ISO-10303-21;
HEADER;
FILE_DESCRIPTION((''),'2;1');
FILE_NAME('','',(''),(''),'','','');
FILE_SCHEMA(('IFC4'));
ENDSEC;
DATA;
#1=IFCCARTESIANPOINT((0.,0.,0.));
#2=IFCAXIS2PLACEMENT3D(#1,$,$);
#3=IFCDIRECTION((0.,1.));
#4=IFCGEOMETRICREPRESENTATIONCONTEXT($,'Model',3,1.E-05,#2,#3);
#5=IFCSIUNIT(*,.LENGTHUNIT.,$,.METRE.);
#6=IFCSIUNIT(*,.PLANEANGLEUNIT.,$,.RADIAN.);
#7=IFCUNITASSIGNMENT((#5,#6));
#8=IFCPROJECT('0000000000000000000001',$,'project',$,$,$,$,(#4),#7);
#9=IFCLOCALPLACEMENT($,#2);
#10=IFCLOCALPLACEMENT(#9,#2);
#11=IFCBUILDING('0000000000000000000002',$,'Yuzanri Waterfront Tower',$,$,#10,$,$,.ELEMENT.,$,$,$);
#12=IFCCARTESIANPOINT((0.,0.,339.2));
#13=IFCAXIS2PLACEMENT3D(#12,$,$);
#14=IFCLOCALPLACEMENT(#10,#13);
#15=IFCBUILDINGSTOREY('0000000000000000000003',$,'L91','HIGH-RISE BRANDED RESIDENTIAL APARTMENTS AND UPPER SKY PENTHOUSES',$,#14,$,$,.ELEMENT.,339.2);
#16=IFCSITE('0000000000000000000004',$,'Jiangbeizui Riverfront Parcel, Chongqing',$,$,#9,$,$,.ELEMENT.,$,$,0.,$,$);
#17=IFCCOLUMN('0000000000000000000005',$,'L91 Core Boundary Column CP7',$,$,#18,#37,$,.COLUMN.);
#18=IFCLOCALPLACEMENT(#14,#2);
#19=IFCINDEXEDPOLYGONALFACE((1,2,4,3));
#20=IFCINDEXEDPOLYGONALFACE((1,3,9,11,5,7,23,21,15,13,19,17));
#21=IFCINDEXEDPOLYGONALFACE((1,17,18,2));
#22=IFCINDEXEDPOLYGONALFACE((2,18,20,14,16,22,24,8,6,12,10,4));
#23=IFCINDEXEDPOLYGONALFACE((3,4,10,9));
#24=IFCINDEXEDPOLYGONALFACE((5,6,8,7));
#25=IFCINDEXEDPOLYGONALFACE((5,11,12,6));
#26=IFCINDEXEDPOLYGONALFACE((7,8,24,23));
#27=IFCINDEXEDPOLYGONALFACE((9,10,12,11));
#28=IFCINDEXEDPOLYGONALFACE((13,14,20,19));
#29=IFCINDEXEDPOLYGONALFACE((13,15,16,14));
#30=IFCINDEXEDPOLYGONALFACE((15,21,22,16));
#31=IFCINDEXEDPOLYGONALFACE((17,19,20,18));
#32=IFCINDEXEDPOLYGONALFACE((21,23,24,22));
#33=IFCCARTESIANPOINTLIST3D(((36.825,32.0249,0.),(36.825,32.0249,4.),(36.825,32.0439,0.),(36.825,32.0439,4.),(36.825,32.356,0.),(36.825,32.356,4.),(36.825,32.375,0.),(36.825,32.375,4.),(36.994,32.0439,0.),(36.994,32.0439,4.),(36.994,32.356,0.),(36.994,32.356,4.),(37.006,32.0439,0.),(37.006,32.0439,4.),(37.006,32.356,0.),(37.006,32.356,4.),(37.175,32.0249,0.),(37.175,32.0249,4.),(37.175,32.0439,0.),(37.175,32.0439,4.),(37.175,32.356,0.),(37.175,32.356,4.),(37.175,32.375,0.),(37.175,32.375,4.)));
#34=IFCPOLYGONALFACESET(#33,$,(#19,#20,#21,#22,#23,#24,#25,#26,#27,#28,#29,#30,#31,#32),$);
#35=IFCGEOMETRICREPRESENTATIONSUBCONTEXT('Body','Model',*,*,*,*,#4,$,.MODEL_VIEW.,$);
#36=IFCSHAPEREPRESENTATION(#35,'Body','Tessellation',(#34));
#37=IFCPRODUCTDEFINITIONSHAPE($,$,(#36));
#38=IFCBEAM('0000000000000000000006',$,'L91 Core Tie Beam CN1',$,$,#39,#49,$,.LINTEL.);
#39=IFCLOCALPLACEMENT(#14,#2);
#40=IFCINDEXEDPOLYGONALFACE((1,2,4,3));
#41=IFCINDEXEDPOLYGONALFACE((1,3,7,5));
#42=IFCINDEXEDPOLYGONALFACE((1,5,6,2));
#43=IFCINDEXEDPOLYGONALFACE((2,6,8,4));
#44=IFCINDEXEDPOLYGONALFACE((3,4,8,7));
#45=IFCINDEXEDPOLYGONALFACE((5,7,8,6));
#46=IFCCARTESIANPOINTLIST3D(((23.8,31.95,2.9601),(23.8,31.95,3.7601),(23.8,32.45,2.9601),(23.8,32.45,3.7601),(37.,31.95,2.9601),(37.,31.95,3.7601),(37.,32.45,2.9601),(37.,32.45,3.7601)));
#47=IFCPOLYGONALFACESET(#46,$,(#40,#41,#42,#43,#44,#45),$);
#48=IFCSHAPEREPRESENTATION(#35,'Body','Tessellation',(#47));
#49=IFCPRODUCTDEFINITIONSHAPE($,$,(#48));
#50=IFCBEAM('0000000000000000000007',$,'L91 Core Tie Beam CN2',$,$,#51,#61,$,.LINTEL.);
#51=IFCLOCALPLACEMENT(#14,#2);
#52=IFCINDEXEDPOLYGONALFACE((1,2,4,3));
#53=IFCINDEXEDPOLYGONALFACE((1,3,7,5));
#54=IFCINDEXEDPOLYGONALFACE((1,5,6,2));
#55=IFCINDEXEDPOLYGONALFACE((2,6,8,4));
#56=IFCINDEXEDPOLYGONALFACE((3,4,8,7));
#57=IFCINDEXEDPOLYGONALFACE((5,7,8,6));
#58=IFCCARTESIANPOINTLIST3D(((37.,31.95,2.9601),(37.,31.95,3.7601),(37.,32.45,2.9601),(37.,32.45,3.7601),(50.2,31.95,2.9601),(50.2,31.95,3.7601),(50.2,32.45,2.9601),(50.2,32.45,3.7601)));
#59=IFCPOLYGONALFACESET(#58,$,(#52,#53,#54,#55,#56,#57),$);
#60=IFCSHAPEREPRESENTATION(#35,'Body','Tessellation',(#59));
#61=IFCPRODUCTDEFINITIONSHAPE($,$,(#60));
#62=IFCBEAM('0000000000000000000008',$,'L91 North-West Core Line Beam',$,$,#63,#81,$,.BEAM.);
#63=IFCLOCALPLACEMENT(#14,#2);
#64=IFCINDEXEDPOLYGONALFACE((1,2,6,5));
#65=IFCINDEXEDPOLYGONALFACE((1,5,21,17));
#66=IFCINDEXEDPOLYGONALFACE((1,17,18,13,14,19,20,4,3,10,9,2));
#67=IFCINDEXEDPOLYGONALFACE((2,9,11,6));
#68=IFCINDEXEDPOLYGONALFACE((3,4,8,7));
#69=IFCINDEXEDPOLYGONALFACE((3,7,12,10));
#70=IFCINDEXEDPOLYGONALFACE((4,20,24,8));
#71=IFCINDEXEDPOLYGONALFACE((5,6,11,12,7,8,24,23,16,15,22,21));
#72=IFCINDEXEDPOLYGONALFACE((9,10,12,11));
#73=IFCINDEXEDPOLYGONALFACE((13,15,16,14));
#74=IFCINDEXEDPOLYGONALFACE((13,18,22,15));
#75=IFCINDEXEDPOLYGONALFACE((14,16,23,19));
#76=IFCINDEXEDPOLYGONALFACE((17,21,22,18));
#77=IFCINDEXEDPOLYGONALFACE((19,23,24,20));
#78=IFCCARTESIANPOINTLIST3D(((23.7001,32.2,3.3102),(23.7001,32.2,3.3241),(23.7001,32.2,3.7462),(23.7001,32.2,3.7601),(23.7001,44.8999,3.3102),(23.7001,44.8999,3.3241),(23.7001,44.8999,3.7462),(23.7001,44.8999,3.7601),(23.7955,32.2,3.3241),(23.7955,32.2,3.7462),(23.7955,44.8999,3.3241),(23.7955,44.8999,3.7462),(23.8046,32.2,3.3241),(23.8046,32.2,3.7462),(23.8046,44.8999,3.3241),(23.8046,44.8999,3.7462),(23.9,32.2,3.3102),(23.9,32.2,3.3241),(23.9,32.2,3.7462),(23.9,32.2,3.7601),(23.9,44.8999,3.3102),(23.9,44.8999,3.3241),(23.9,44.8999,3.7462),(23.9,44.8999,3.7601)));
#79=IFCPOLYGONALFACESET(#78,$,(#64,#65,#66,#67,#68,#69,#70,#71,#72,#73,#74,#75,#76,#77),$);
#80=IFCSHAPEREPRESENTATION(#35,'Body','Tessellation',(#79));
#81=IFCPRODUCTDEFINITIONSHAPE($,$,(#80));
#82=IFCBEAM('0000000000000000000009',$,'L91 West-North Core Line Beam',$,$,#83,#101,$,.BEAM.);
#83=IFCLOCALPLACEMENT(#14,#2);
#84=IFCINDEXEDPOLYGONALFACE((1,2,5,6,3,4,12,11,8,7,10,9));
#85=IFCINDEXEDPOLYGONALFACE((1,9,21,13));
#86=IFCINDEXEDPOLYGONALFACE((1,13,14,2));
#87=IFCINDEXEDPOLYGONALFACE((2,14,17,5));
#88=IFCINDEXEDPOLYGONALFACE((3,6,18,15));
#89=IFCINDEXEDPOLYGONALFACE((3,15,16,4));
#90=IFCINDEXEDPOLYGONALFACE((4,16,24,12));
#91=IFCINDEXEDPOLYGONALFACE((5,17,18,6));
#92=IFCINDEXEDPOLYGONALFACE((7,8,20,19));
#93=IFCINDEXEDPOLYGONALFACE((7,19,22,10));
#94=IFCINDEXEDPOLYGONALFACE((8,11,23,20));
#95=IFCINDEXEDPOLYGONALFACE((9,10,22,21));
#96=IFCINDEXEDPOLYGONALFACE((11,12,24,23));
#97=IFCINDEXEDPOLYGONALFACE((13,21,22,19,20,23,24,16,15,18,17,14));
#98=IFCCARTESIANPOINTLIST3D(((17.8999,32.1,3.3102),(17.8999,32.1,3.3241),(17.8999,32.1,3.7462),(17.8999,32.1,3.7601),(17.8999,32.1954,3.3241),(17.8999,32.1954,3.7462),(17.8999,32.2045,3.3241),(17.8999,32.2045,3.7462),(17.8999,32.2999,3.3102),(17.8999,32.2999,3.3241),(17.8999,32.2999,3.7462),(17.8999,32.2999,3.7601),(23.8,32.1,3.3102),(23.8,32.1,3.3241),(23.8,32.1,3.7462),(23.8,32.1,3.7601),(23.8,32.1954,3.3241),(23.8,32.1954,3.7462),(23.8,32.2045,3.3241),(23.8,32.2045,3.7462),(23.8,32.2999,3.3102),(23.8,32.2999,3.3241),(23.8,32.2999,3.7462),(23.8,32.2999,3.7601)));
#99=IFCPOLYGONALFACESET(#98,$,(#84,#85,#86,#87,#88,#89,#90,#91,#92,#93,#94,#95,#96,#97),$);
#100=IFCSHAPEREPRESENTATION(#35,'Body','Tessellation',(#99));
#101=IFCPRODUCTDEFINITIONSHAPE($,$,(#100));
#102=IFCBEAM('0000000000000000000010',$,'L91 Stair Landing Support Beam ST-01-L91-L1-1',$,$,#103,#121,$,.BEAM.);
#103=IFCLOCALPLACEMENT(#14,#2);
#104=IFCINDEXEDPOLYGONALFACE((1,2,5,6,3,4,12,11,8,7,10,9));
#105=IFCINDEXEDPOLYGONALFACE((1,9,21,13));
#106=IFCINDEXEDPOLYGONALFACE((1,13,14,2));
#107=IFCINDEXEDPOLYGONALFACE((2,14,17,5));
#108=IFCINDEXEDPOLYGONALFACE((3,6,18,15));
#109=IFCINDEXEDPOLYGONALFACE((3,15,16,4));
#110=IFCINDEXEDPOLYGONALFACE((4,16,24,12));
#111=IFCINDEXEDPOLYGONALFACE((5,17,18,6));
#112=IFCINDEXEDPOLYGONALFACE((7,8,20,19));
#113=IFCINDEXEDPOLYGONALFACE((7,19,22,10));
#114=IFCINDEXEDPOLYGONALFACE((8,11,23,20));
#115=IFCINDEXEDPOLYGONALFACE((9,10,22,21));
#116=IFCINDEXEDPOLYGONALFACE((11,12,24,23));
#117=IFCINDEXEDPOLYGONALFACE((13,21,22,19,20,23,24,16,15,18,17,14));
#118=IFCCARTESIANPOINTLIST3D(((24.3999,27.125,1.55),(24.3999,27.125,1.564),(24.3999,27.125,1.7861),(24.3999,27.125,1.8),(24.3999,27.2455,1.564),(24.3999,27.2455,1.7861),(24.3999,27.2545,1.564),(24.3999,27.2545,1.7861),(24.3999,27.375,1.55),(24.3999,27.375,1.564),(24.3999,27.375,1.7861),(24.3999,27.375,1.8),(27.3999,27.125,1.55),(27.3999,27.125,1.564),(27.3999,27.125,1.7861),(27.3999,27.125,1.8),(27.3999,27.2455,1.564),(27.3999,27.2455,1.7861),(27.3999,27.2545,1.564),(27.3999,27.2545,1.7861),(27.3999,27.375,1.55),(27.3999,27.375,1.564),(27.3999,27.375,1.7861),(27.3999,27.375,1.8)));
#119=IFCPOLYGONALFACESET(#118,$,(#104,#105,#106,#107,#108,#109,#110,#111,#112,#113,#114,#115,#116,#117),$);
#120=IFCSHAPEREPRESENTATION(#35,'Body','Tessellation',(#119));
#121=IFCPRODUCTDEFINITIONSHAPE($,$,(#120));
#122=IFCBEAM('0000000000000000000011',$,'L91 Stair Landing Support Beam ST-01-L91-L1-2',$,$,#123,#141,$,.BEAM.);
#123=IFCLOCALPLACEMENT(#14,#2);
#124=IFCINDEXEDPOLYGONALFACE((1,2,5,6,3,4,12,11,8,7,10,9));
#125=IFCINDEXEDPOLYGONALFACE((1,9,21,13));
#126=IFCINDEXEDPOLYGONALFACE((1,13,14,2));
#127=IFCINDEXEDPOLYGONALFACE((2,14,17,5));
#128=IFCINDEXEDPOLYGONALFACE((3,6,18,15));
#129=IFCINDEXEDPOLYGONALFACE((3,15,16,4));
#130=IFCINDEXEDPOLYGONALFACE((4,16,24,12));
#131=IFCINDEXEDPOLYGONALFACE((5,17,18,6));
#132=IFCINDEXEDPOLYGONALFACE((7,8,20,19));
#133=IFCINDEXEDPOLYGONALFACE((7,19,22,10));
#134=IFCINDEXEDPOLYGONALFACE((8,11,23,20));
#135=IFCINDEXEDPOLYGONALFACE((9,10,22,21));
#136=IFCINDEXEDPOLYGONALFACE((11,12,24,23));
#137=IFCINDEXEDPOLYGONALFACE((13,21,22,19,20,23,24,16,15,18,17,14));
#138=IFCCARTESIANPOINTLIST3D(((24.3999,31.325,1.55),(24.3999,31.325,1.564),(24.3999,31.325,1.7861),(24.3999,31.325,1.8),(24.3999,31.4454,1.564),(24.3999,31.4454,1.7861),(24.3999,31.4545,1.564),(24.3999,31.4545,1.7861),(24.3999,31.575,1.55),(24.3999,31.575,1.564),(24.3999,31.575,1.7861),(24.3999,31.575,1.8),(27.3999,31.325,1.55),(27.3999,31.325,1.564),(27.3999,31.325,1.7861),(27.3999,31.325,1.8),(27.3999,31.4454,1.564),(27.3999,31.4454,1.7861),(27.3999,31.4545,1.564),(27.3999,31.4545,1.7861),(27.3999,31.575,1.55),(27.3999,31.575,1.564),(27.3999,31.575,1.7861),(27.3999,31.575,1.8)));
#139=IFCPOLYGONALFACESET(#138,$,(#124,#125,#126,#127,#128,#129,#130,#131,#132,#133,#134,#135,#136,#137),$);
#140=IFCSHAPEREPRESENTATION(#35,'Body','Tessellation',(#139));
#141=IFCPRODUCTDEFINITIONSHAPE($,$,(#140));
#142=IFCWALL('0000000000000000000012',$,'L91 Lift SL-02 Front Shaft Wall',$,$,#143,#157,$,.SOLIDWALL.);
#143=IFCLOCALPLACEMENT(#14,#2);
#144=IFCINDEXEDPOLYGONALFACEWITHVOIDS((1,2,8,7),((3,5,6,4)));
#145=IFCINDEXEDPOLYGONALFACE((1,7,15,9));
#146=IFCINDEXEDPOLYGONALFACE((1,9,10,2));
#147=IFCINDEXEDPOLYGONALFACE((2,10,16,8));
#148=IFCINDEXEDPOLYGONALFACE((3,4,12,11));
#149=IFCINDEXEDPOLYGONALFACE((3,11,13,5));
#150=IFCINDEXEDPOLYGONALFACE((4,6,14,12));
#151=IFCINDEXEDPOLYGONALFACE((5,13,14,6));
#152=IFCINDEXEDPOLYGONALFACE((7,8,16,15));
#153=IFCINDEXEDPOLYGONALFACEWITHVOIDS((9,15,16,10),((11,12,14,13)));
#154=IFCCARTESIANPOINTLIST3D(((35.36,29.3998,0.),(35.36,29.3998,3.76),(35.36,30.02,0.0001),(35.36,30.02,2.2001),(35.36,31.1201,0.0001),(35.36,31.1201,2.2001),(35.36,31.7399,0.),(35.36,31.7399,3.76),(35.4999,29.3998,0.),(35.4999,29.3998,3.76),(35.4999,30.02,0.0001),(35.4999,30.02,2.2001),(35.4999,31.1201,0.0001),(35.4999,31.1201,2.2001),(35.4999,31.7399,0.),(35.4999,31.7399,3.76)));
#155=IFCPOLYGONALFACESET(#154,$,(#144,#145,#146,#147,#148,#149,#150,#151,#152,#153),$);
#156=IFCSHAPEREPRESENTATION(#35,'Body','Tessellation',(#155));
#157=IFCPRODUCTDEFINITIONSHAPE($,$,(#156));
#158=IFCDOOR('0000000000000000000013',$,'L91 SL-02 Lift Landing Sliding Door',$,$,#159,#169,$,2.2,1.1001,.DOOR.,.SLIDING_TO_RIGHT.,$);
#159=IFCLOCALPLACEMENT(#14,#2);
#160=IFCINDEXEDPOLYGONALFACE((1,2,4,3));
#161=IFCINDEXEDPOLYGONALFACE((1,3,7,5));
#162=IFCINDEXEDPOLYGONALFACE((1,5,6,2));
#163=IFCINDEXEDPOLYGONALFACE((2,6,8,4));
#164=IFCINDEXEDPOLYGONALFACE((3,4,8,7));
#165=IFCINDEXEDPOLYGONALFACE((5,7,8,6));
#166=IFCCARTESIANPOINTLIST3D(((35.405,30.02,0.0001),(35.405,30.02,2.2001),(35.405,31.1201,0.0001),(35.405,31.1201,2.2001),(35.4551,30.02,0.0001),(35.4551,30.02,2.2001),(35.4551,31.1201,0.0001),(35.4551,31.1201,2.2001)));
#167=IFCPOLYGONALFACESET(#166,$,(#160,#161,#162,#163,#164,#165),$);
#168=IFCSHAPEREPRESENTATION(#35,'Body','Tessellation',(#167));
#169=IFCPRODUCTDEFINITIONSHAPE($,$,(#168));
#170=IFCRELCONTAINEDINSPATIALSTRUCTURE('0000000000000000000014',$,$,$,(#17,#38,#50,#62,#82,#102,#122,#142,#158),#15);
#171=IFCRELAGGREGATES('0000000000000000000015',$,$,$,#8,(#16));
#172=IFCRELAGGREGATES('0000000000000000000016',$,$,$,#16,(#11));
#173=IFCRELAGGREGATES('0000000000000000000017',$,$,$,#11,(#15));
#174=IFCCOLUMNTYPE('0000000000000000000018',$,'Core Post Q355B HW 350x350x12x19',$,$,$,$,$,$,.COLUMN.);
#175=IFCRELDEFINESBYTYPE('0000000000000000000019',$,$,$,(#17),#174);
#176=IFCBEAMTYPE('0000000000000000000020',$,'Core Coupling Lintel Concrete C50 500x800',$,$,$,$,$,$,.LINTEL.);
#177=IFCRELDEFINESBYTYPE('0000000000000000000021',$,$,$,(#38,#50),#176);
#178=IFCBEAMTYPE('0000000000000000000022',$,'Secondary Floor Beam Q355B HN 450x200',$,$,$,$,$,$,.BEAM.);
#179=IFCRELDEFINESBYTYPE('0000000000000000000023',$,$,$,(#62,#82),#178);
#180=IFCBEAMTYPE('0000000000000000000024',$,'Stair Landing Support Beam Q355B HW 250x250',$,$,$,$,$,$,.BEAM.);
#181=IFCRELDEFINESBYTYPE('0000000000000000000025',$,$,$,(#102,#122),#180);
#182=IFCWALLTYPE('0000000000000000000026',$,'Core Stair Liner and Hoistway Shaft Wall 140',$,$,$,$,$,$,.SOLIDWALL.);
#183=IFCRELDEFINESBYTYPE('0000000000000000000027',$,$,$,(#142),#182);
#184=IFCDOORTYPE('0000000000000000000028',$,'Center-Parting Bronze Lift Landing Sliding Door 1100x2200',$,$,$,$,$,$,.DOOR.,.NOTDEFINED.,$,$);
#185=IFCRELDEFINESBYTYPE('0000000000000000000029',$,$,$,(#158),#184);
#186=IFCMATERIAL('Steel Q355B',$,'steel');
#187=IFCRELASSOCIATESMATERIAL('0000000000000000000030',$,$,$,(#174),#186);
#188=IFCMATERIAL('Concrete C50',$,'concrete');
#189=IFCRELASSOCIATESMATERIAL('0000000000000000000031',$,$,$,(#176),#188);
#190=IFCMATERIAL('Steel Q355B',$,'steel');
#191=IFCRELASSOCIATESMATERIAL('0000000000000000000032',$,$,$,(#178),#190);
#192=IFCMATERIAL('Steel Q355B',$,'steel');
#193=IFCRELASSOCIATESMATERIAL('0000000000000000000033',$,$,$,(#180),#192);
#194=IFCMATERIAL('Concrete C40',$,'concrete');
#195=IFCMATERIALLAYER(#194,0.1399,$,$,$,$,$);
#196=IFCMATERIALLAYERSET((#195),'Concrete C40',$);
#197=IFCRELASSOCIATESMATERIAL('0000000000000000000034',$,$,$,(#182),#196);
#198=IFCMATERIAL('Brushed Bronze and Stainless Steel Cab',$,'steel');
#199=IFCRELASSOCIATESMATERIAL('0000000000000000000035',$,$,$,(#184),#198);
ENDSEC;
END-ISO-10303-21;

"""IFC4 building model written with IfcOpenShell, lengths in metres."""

from ifc_helpers import new_model, si_unit, direction, frame, frame_2d, origin, origin_2d, place, context, subcontext, project, spatial, rectangle, i_section, extrude, source, transform, mapped, material, layer, layer_set, material_profile, profile_set, type_object, element, fill, save


model = new_model("IFC4")

# Units and contexts
model_context = context("Model", 3, precision=1e-05, world=origin(), true_north=direction((0.0, 1.0)))
body_context = subcontext(model_context, "Body", "Model", "MODEL_VIEW")
ifc_project = project(units=[si_unit("LENGTHUNIT", "METRE"), si_unit("PLANEANGLEUNIT", "RADIAN")], contexts=[model_context])

# Site, building, storey
site_placement = place(None, origin())
site = spatial("IfcSite", under=ifc_project, at=site_placement, Name="Jiangbeizui Riverfront Parcel, Chongqing", CompositionType="ELEMENT", RefElevation=0.0)
building_placement = place(site_placement, origin())
building = spatial("IfcBuilding", under=site, at=building_placement, Name="Yuzanri Waterfront Tower", CompositionType="ELEMENT")
storey_placement = place(building_placement, frame((0.0, 0.0, 339.2)))
storey = spatial("IfcBuildingStorey", under=building, at=storey_placement, Name="L91", Description="HIGH-RISE BRANDED RESIDENTIAL APARTMENTS AND UPPER SKY PENTHOUSES", CompositionType="ELEMENT", Elevation=339.2)

# Column
ifc_material_1 = material(Name="Steel Q355B", Category="steel")
ifc_material_profile_1 = material_profile(ifc_material_1, i_section(OverallWidth=0.3501, OverallDepth=0.3501, WebThickness=0.012, FlangeThickness=0.019, at=origin_2d()), Name="HW 350x350x12x19")
ifc_profile_set_1 = profile_set([ifc_material_profile_1], Name="Steel Q355B")
column_type = type_object("IfcColumnType", Name="Core Post Q355B HW 350x350x12x19", PredefinedType="COLUMN", material=ifc_profile_set_1)
shared_shape_1 = source(origin(), body_context, "Body", "SweptSolid", [
    extrude(i_section(OverallWidth=0.3501, OverallDepth=0.3501, WebThickness=0.012, FlangeThickness=0.019, at=origin_2d()), origin(), (0.0, 0.0, 1.0), 4.0),
])
column_placement = place(storey_placement, frame((37.0, 32.2, 0.0), z_axis=(0.0, 0.0, 1.0), x_axis=(1.0, 0.0, 0.0)))
element("IfcColumn", 1, at=column_placement, inside=storey, type_object=column_type, Name="L91 Core Boundary Column CP7", PredefinedType="COLUMN", context=body_context, shape_type="MappedRepresentation", body=[
    mapped(shared_shape_1, transform((0.0, 0.0, 0.0), scale=1.0)),
])

# Beams
ifc_material_2 = material(Name="Concrete C50", Category="concrete")
ifc_material_profile_2 = material_profile(ifc_material_2, rectangle(XDim=0.5, YDim=0.8, at=origin_2d()), Name="RC 500x800")
ifc_profile_set_2 = profile_set([ifc_material_profile_2], Name="Concrete C50")
beam_type_1 = type_object("IfcBeamType", Name="Core Coupling Lintel Concrete C50 500x800", PredefinedType="LINTEL", material=ifc_profile_set_2)
shared_shape_2 = source(origin(), body_context, "Body", "SweptSolid", [
    extrude(rectangle(XDim=0.5, YDim=0.8, at=origin_2d()), origin(), (0.0, 0.0, 1.0), 13.2),
])
for number, where, z_axis, x_axis, name in (
    (2, (23.8, 32.2, 3.3601), (1.0, 0.0, 0.0), (0.0, 1.0, 0.0), "L91 Core Tie Beam CN1"),
    (3, (37.0, 32.2, 3.3601), (1.0, 0.0, 0.0), (0.0, 1.0, 0.0), "L91 Core Tie Beam CN2"),
):
    element("IfcBeam", number, at=place(storey_placement, frame(where, z_axis=z_axis, x_axis=x_axis)), inside=storey, type_object=beam_type_1, Name=name, PredefinedType="LINTEL", context=body_context, shape_type="MappedRepresentation", body=[
        mapped(shared_shape_2, transform((0.0, 0.0, 0.0), scale=1.0)),
    ])
ifc_material_3 = material(Name="Steel Q355B", Category="steel")
ifc_material_profile_3 = material_profile(ifc_material_3, i_section(OverallWidth=0.2, OverallDepth=0.45, WebThickness=0.009, FlangeThickness=0.0139, at=origin_2d()), Name="HN 450x200x9x14")
ifc_profile_set_3 = profile_set([ifc_material_profile_3], Name="Steel Q355B")
beam_type_2 = type_object("IfcBeamType", Name="Secondary Floor Beam Q355B HN 450x200", PredefinedType="BEAM", material=ifc_profile_set_3)
shared_shape_3 = source(origin(), body_context, "Body", "SweptSolid", [
    extrude(i_section(OverallWidth=0.2, OverallDepth=0.45, WebThickness=0.009, FlangeThickness=0.0139, at=origin_2d()), origin(), (0.0, 0.0, 1.0), 12.7),
])
beam_1_placement = place(storey_placement, frame((23.8, 32.2, 3.5352), z_axis=(0.0, 1.0, 0.0), x_axis=(-1.0, 0.0, 0.0)))
element("IfcBeam", 4, at=beam_1_placement, inside=storey, type_object=beam_type_2, Name="L91 North-West Core Line Beam", PredefinedType="BEAM", context=body_context, shape_type="MappedRepresentation", body=[
    mapped(shared_shape_3, transform((0.0, 0.0, 0.0), scale=1.0)),
])
shared_shape_4 = source(origin(), body_context, "Body", "SweptSolid", [
    extrude(i_section(OverallWidth=0.2, OverallDepth=0.45, WebThickness=0.009, FlangeThickness=0.0139, at=origin_2d()), origin(), (0.0, 0.0, 1.0), 5.9001),
])
beam_2_placement = place(storey_placement, frame((23.8, 32.2, 3.5352), z_axis=(-1.0, 0.0, 0.0), x_axis=(0.0, -1.0, 0.0)))
element("IfcBeam", 5, at=beam_2_placement, inside=storey, type_object=beam_type_2, Name="L91 West-North Core Line Beam", PredefinedType="BEAM", context=body_context, shape_type="MappedRepresentation", body=[
    mapped(shared_shape_4, transform((0.0, 0.0, 0.0), scale=1.0)),
])
ifc_material_4 = material(Name="Steel Q355B", Category="steel")
ifc_material_profile_4 = material_profile(ifc_material_4, i_section(OverallWidth=0.25, OverallDepth=0.25, WebThickness=0.009, FlangeThickness=0.0139, at=origin_2d()), Name="HW 250x250x9x14")
ifc_profile_set_4 = profile_set([ifc_material_profile_4], Name="Steel Q355B")
beam_type_3 = type_object("IfcBeamType", Name="Stair Landing Support Beam Q355B HW 250x250", PredefinedType="BEAM", material=ifc_profile_set_4)
shared_shape_5 = source(origin(), body_context, "Body", "SweptSolid", [
    extrude(i_section(OverallWidth=0.25, OverallDepth=0.25, WebThickness=0.009, FlangeThickness=0.0139, at=origin_2d()), origin(), (0.0, 0.0, 1.0), 3.0),
])
for number, where, z_axis, x_axis, name in (
    (6, (24.3999, 27.25, 1.675), (1.0, 0.0, 0.0), (0.0, 1.0, 0.0), "L91 Stair Landing Support Beam ST-01-L91-L1-1"),
    (7, (24.3999, 31.45, 1.675), (1.0, 0.0, 0.0), (0.0, 1.0, 0.0), "L91 Stair Landing Support Beam ST-01-L91-L1-2"),
):
    element("IfcBeam", number, at=place(storey_placement, frame(where, z_axis=z_axis, x_axis=x_axis)), inside=storey, type_object=beam_type_3, Name=name, PredefinedType="BEAM", context=body_context, shape_type="MappedRepresentation", body=[
        mapped(shared_shape_5, transform((0.0, 0.0, 0.0), scale=1.0)),
    ])

# Wall, opening, door
ifc_material_5 = material(Name="Concrete C40", Category="concrete")
ifc_layer_1 = layer(ifc_material_5, 0.1399)
ifc_layer_set_1 = layer_set([ifc_layer_1], Name="Concrete C40")
wall_type_1 = type_object("IfcWallType", Name="Core Stair Liner and Hoistway Shaft Wall 140", PredefinedType="SOLIDWALL", material=ifc_layer_set_1)
wall_1_placement = place(storey_placement, frame((35.4299, 29.3999, 0.0), z_axis=(0.0, 0.0, 1.0), x_axis=(0.0, 1.0, 0.0)))
wall_1 = element("IfcWall", 8, at=wall_1_placement, inside=storey, type_object=wall_type_1, Name="L91 Lift SL-02 Front Shaft Wall", PredefinedType="SOLIDWALL", context=body_context, shape_type="SweptSolid", body=[
    extrude(rectangle(XDim=2.3401, YDim=0.1399, at=frame_2d((1.1699, 0.0))), origin(), (0.0, 0.0, 1.0), 3.76),
])
opening_1_placement = place(wall_1_placement, frame((0.6201, 0.0, 0.0)))
opening_1 = element("IfcOpeningElement", 9, at=opening_1_placement, cuts=wall_1, PredefinedType="OPENING", context=body_context, shape_type="SweptSolid", body=[
    extrude(rectangle(XDim=1.1001, YDim=2.2, at=frame_2d((0.55, 1.1001))), frame((0.0, 0.085, 0.0), z_axis=(0.0, -1.0, 0.0), x_axis=(1.0, 0.0, 0.0)), (0.0, 0.0, 1.0), 0.1697),
])
ifc_material_6 = material(Name="Brushed Bronze and Stainless Steel Cab", Category="steel")
door_type_1 = type_object("IfcDoorType", Name="Center-Parting Bronze Lift Landing Sliding Door 1100x2200", OperationType="NOTDEFINED", PredefinedType="DOOR", material=ifc_material_6)
shared_shape_6 = source(origin(), body_context, "Body", "SweptSolid", [
    extrude(rectangle(XDim=1.1001, YDim=2.2, at=frame_2d((0.55, 1.1001))), frame((0.0, 0.0249, 0.0), z_axis=(0.0, -1.0, 0.0), x_axis=(1.0, 0.0, 0.0)), (0.0, 0.0, 1.0), 0.05),
])
door_1_placement = place(opening_1_placement, origin())
door_1 = element("IfcDoor", 10, at=door_1_placement, inside=storey, type_object=door_type_1, Name="L91 SL-02 Lift Landing Sliding Door", OperationType="SLIDING_TO_RIGHT", OverallHeight=2.2, OverallWidth=1.1001, PredefinedType="DOOR", context=body_context, shape_type="MappedRepresentation", body=[
    mapped(shared_shape_6, transform((0.0, 0.0, 0.0), scale=1.0)),
])
fill(opening_1, door_1)

save(model, "model.ifc")
